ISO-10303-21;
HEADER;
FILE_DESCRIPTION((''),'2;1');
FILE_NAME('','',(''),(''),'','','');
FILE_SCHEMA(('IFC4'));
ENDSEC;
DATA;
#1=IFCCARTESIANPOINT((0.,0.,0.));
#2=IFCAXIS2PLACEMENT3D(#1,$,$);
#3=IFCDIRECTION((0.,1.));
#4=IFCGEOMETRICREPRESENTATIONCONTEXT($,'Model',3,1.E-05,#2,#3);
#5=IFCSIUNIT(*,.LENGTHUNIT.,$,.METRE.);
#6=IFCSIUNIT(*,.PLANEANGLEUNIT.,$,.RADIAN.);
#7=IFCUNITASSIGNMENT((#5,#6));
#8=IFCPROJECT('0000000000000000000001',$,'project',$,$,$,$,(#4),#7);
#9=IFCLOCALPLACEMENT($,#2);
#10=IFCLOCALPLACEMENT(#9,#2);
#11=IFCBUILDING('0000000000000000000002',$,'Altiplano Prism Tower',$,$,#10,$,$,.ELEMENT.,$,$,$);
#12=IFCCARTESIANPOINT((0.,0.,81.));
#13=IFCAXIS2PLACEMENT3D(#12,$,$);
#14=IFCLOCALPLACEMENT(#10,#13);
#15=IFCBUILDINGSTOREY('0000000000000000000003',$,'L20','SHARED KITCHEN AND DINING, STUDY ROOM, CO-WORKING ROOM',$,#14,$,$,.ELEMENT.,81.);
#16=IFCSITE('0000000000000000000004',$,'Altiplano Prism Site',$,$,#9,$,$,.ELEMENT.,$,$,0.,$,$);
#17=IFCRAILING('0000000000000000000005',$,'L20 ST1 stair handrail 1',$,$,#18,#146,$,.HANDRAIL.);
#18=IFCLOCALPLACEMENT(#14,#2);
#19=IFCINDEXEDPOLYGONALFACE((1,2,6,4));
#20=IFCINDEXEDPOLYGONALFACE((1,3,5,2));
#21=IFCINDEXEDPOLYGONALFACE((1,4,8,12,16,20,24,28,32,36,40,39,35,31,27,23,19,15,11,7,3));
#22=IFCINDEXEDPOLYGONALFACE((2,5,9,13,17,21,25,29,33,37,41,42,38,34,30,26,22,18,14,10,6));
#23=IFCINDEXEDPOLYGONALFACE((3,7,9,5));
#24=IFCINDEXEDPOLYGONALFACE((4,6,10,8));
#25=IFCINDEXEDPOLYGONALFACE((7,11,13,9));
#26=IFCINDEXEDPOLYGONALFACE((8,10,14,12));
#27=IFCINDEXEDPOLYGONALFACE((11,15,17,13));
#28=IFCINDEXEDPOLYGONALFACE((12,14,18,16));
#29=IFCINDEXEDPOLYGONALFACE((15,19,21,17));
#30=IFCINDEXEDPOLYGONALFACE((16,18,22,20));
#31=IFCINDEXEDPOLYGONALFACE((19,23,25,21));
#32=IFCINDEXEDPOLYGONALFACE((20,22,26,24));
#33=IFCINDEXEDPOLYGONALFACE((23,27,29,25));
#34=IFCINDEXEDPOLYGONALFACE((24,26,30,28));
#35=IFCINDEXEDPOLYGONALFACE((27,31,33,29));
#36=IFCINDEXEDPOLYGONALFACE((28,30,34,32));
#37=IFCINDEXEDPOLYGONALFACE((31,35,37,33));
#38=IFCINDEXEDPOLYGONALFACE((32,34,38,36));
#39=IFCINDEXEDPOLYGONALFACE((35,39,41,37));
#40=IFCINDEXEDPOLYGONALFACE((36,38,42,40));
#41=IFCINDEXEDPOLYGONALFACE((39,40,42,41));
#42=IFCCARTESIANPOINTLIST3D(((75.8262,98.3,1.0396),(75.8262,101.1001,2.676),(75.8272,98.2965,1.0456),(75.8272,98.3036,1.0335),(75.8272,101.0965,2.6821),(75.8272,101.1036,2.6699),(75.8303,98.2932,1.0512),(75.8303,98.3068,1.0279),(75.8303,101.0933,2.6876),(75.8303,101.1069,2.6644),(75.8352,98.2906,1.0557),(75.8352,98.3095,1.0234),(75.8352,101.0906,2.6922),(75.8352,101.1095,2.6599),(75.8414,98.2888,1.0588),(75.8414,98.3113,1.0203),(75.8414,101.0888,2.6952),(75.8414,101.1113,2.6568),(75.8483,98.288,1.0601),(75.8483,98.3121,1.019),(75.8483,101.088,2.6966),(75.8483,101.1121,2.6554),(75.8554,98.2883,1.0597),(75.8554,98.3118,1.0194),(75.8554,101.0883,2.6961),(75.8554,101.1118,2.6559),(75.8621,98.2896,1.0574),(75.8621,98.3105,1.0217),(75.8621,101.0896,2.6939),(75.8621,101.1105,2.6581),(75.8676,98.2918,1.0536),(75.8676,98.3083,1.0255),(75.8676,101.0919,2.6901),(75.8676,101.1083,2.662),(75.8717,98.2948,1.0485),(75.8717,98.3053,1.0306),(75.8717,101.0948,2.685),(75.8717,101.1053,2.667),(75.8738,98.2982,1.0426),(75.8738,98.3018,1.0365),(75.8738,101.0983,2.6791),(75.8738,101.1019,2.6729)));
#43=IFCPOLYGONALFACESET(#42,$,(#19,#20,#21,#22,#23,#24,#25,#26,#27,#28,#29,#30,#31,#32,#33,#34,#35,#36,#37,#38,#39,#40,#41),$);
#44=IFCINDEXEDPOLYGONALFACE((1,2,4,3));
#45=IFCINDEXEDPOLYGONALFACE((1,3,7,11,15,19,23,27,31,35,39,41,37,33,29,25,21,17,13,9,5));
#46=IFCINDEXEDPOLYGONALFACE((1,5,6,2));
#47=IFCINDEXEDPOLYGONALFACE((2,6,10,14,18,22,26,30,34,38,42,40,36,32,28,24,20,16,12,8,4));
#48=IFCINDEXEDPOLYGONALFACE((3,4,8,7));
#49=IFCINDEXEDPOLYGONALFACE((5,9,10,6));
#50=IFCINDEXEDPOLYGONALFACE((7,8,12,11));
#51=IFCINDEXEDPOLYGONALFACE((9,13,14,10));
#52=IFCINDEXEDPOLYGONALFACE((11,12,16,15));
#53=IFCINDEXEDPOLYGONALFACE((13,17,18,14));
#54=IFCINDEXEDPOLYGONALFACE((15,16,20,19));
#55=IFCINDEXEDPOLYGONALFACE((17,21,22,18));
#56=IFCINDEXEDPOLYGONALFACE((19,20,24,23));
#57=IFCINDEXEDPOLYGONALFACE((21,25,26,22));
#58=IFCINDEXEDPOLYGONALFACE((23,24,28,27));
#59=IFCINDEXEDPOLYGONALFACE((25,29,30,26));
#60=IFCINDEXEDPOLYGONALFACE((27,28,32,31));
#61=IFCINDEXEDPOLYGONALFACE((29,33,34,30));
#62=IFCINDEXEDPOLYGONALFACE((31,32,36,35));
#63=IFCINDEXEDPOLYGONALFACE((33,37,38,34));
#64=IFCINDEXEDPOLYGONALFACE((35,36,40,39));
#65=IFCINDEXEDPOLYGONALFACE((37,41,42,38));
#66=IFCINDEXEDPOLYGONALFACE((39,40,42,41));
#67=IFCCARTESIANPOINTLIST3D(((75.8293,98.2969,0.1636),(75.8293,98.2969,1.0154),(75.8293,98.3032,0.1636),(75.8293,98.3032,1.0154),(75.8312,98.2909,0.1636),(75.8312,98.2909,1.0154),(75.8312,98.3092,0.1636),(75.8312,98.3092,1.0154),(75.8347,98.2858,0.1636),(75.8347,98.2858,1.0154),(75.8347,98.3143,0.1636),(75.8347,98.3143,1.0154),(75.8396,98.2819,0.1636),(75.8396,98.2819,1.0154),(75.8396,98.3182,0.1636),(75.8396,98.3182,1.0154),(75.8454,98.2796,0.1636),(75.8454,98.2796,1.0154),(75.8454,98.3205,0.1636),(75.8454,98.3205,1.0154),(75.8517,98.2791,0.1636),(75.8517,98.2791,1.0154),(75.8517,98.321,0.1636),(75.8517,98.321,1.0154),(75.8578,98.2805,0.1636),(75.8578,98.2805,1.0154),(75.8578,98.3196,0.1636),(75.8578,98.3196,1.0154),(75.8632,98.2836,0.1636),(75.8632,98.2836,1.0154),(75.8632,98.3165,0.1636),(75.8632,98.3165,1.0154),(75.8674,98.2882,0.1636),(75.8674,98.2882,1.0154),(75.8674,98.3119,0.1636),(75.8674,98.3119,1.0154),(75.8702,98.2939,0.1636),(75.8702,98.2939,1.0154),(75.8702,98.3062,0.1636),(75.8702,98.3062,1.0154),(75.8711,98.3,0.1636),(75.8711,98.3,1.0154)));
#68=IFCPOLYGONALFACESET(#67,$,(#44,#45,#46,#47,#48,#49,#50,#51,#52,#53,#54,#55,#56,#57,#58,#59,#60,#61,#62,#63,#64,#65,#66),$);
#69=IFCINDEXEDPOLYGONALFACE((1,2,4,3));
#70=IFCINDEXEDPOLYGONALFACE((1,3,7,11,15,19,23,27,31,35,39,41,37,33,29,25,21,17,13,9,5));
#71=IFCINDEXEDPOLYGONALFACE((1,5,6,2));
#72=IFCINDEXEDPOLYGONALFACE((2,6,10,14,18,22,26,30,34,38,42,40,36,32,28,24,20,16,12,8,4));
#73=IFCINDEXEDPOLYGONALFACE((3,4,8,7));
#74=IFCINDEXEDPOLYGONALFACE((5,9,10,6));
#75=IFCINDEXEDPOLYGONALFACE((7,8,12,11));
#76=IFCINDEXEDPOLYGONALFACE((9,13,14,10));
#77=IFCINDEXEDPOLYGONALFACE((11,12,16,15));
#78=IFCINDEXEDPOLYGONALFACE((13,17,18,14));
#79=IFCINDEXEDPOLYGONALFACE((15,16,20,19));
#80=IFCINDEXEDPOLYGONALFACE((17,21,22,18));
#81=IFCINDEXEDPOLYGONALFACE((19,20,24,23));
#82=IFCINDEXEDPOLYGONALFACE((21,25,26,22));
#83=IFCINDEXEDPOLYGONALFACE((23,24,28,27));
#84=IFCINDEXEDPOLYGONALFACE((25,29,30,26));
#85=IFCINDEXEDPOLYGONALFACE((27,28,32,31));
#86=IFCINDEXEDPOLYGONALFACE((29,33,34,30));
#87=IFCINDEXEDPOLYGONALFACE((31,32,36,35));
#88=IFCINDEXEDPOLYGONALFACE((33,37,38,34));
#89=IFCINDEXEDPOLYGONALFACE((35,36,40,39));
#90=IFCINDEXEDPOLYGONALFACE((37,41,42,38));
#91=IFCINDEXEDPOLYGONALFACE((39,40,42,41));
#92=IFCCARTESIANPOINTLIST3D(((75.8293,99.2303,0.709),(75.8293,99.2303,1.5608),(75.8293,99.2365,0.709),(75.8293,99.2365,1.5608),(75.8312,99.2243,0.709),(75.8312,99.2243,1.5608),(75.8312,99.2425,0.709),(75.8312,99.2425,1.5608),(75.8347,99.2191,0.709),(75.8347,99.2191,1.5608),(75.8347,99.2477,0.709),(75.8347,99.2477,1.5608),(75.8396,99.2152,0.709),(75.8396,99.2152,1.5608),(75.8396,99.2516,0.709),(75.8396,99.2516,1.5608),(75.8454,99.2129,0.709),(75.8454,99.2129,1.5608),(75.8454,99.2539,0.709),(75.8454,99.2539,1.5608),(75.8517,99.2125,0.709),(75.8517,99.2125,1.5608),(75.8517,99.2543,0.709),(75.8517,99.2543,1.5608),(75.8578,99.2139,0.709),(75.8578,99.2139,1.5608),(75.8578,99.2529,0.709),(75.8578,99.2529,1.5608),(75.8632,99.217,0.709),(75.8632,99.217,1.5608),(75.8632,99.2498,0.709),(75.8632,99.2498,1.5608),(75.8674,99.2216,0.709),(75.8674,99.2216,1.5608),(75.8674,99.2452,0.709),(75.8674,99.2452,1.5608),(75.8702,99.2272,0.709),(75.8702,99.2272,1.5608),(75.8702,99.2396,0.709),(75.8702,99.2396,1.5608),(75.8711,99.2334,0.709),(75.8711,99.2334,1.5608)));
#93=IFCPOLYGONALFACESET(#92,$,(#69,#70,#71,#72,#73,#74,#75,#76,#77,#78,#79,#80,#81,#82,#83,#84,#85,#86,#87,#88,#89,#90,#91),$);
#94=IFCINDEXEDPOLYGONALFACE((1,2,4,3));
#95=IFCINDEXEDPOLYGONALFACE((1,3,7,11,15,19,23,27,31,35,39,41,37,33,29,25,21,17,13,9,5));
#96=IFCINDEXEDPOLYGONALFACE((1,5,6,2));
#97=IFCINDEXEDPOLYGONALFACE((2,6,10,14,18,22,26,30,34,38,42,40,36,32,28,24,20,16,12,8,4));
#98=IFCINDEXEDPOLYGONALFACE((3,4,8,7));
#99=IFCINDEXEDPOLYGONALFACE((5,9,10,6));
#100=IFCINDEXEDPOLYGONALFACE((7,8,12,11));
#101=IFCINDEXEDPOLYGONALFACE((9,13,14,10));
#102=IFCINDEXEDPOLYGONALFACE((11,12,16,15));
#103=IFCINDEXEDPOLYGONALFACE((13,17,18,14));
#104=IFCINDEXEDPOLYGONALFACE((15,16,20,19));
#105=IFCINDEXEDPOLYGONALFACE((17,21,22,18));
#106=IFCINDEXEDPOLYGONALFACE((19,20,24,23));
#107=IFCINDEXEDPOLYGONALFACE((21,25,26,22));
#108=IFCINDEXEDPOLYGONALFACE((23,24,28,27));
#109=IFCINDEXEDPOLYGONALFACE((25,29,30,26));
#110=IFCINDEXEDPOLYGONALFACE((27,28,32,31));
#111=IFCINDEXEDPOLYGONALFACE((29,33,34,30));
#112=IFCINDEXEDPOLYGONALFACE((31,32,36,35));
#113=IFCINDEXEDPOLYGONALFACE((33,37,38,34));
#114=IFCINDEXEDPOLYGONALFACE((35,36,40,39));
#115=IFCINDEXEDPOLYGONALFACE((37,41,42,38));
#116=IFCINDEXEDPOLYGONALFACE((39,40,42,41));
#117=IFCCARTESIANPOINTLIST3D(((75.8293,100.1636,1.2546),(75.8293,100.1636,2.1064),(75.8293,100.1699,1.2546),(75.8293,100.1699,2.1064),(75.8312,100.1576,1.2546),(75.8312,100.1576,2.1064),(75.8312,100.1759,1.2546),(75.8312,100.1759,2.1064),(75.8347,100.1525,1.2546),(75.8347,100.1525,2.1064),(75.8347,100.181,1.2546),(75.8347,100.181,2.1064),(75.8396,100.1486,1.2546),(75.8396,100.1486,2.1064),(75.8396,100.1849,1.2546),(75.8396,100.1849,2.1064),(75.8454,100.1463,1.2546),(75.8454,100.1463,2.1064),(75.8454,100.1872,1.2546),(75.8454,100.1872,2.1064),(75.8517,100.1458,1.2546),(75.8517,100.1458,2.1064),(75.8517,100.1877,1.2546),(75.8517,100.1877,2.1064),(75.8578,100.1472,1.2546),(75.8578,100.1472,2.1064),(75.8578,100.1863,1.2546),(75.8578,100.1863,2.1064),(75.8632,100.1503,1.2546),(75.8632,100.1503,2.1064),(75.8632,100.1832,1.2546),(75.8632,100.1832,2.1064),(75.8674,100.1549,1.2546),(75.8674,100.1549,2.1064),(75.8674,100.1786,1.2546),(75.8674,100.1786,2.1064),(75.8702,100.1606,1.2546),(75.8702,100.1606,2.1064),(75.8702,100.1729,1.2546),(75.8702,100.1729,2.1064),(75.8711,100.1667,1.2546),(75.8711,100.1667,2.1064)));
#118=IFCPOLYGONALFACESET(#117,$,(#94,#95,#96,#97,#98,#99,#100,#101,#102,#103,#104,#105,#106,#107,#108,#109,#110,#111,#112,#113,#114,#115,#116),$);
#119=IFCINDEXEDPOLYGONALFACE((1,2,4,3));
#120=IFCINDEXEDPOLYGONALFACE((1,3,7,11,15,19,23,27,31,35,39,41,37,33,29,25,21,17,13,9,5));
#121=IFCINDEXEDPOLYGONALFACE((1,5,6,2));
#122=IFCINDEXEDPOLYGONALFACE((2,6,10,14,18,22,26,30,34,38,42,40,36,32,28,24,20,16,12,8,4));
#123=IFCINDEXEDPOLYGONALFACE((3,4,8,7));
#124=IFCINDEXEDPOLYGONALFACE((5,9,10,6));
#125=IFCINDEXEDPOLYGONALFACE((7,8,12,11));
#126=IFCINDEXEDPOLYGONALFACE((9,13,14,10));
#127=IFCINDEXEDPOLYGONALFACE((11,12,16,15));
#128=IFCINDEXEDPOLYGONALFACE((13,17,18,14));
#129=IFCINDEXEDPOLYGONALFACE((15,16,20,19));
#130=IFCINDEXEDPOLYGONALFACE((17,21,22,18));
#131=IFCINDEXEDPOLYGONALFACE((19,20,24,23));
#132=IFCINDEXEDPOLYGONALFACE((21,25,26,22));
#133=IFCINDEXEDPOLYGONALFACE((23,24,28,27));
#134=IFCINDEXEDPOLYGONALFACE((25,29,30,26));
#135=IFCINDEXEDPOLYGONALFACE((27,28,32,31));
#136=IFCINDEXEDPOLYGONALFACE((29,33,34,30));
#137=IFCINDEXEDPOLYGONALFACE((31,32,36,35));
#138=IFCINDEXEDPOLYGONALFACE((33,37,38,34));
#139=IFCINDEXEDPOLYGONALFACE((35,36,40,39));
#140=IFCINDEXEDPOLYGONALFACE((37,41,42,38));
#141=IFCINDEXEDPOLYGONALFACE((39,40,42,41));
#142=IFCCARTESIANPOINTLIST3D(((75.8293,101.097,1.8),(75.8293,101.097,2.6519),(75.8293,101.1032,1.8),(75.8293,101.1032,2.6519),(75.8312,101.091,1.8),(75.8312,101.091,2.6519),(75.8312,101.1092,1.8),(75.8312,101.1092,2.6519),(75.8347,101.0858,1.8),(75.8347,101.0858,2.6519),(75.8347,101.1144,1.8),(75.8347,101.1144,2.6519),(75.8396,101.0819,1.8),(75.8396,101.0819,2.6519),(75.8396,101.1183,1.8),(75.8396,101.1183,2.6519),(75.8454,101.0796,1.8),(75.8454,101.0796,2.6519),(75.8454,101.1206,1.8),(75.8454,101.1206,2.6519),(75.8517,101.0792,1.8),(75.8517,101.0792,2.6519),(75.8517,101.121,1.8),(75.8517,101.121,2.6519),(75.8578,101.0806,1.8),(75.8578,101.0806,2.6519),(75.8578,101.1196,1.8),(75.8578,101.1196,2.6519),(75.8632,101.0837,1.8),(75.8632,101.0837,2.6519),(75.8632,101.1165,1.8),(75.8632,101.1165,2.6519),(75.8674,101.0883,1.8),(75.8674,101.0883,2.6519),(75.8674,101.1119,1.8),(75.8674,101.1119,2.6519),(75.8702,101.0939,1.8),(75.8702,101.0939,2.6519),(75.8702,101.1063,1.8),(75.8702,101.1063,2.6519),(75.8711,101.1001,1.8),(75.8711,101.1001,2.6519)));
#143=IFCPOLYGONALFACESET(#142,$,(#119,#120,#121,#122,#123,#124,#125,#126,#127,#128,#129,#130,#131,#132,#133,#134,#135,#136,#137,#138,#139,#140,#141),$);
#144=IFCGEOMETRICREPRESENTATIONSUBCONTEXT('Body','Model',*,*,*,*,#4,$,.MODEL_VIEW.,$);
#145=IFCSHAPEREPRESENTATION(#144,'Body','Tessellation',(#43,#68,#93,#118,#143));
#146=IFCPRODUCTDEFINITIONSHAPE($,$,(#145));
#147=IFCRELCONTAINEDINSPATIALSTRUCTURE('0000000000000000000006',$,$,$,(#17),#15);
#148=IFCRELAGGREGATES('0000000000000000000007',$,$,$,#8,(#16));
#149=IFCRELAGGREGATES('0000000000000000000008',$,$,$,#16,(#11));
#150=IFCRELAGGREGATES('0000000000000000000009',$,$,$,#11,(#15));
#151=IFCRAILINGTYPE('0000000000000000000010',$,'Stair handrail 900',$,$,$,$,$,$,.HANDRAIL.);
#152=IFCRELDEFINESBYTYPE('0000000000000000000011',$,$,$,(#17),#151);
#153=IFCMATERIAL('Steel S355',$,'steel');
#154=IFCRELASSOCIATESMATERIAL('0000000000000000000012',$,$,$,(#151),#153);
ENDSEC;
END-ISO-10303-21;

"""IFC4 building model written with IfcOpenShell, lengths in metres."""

from ifc_helpers import new_model, si_unit, direction, frame, origin, origin_2d, place, context, subcontext, project, spatial, circle, extrude, material, type_object, element, save


model = new_model("IFC4")

# Units and contexts
model_context = context("Model", 3, precision=1e-05, world=origin(), true_north=direction((0.0, 1.0)))
body_context = subcontext(model_context, "Body", "Model", "MODEL_VIEW")
ifc_project = project(units=[si_unit("LENGTHUNIT", "METRE"), si_unit("PLANEANGLEUNIT", "RADIAN")], contexts=[model_context])

# Site, building, storey
site_placement = place(None, origin())
site = spatial("IfcSite", under=ifc_project, at=site_placement, Name="Altiplano Prism Site", CompositionType="ELEMENT", RefElevation=0.0)
building_placement = place(site_placement, origin())
building = spatial("IfcBuilding", under=site, at=building_placement, Name="Altiplano Prism Tower", CompositionType="ELEMENT")
storey_placement = place(building_placement, frame((0.0, 0.0, 81.0)))
storey = spatial("IfcBuildingStorey", under=building, at=storey_placement, Name="L20", Description="SHARED KITCHEN AND DINING, STUDY ROOM, CO-WORKING ROOM", CompositionType="ELEMENT", Elevation=81.0)

# Railing
ifc_material_1 = material(Name="Steel S355", Category="steel")
railing_type_1 = type_object("IfcRailingType", Name="Stair handrail 900", PredefinedType="HANDRAIL", material=ifc_material_1)
railing_1_placement = place(storey_placement, frame((75.8501, 98.3, 0.1636)))
element("IfcRailing", 1, at=railing_1_placement, inside=storey, type_object=railing_type_1, Name="L20 ST1 stair handrail 1", PredefinedType="HANDRAIL", context=body_context, shape_type="SweptSolid", body=[
    extrude(circle(Radius=0.0239, at=origin_2d()), frame((0.0, 0.0, 0.876), z_axis=(0.0, 0.863361, 0.504587), x_axis=(-1.0, 0.0, 0.0)), (0.0, 0.0, 1.0), 3.2432),
    extrude(circle(Radius=0.021, at=origin_2d()), origin(), (0.0, 0.0, 1.0), 0.8518),
    extrude(circle(Radius=0.021, at=origin_2d()), frame((0.0, 0.9333, 0.5454)), (0.0, 0.0, 1.0), 0.8518),
    extrude(circle(Radius=0.021, at=origin_2d()), frame((0.0, 1.8667, 1.0911)), (0.0, 0.0, 1.0), 0.8518),
    extrude(circle(Radius=0.021, at=origin_2d()), frame((0.0, 2.8, 1.6365)), (0.0, 0.0, 1.0), 0.8518),
])

save(model, "model.ifc")
